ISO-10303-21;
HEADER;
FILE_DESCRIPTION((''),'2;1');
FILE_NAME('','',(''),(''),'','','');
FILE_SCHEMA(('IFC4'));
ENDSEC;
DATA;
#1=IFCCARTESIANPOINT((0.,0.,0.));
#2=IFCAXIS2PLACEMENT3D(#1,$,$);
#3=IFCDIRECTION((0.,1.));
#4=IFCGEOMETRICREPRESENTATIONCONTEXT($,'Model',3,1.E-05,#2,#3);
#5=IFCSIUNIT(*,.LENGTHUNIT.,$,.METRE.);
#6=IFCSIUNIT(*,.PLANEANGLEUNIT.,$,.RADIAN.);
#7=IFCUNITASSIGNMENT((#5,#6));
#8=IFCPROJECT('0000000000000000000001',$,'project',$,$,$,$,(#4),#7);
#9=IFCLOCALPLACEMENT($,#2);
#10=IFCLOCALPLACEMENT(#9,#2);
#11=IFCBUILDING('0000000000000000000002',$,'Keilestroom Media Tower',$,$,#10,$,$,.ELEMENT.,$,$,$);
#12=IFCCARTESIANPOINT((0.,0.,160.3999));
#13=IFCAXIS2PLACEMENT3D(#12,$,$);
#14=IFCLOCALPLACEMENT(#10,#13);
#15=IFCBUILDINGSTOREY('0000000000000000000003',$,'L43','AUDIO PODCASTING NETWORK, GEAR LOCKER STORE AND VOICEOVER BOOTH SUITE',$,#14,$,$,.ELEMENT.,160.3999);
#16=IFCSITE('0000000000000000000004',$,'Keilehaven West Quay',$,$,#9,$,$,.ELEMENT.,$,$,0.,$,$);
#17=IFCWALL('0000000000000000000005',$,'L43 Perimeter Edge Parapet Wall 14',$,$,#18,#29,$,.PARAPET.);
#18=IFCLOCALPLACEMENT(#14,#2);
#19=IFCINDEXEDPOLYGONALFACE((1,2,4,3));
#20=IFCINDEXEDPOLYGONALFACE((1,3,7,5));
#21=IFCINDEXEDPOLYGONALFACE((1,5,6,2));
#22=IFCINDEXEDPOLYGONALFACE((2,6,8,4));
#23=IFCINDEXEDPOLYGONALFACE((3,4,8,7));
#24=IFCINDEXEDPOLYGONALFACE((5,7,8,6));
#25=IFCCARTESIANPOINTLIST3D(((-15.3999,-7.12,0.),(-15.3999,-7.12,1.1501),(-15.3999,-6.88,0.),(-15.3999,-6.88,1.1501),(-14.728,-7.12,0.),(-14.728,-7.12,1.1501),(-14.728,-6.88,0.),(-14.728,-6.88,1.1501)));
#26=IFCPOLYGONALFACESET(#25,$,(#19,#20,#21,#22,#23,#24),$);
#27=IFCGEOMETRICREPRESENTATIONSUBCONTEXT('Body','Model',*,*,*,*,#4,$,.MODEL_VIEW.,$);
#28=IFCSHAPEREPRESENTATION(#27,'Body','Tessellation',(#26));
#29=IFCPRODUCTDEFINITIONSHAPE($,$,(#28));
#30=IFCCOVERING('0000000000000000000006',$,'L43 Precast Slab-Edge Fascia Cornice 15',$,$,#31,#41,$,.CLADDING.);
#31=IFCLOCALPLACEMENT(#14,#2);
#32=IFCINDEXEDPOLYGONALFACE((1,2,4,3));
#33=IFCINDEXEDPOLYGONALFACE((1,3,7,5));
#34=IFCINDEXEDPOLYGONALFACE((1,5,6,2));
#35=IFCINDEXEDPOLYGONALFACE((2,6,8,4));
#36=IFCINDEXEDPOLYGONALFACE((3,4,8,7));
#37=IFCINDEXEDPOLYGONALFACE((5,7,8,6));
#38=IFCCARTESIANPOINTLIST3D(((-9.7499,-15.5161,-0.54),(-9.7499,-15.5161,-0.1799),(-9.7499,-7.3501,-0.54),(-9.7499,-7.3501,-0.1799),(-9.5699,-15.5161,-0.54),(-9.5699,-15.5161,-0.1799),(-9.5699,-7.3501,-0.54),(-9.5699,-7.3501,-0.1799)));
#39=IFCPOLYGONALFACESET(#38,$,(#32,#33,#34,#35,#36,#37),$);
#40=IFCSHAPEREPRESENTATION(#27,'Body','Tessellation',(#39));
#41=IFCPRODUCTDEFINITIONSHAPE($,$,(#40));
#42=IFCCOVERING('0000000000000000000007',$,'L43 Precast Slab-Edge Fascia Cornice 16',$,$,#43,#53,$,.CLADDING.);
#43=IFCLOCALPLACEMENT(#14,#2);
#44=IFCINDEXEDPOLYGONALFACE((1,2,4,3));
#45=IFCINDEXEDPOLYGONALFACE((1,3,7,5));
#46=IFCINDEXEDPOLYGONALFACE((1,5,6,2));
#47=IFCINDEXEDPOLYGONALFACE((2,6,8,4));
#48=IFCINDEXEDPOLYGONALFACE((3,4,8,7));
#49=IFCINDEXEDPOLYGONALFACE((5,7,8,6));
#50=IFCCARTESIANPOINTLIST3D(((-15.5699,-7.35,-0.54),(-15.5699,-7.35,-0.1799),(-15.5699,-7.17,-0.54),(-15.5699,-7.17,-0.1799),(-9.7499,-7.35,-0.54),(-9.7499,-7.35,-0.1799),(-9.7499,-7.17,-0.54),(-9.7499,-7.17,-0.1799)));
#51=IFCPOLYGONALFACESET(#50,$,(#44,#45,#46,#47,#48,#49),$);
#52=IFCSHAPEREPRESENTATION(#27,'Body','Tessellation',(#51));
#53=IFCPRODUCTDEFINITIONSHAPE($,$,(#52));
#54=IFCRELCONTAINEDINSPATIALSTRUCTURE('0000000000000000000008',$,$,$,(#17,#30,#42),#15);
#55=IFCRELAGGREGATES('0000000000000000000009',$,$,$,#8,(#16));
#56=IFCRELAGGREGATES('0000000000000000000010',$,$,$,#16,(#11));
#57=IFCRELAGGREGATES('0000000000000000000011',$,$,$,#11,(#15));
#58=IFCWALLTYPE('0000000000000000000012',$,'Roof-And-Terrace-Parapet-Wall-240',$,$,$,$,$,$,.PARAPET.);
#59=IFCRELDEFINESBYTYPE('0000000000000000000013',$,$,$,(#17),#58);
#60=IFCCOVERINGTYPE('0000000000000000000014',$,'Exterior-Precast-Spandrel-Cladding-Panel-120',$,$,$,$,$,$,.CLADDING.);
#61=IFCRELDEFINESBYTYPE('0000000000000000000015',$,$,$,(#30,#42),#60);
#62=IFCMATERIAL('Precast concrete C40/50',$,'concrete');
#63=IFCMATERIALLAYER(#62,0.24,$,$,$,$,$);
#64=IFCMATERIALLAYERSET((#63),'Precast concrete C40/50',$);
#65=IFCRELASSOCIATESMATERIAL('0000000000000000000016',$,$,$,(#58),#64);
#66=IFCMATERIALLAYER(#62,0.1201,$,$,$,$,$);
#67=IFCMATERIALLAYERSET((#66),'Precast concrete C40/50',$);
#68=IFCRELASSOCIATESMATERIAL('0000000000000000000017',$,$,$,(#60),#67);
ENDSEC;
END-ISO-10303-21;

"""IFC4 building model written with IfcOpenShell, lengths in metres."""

from ifc_helpers import new_model, si_unit, direction, frame, frame_2d, origin, origin_2d, place, context, subcontext, project, spatial, rectangle, extrude, source, transform, mapped, material, layer, layer_set, type_object, element, save


model = new_model("IFC4")

# Units and contexts
model_context = context("Model", 3, precision=1e-05, world=origin(), true_north=direction((0.0, 1.0)))
body_context = subcontext(model_context, "Body", "Model", "MODEL_VIEW")
ifc_project = project(units=[si_unit("LENGTHUNIT", "METRE"), si_unit("PLANEANGLEUNIT", "RADIAN")], contexts=[model_context])

# Site, building, storey
site_placement = place(None, origin())
site = spatial("IfcSite", under=ifc_project, at=site_placement, Name="Keilehaven West Quay", CompositionType="ELEMENT", RefElevation=0.0)
building_placement = place(site_placement, origin())
building = spatial("IfcBuilding", under=site, at=building_placement, Name="Keilestroom Media Tower", CompositionType="ELEMENT")
storey_placement = place(building_placement, frame((0.0, 0.0, 160.3999)))
storey = spatial("IfcBuildingStorey", under=building, at=storey_placement, Name="L43", Description="AUDIO PODCASTING NETWORK, GEAR LOCKER STORE AND VOICEOVER BOOTH SUITE", CompositionType="ELEMENT", Elevation=160.3999)

# Shared definitions
ifc_material_1 = material(Name="Precast concrete C40/50", Category="concrete")

# Wall
ifc_layer_1 = layer(ifc_material_1, 0.24)
ifc_layer_set_1 = layer_set([ifc_layer_1], Name="Precast concrete C40/50")
wall_type_1 = type_object("IfcWallType", Name="Roof-And-Terrace-Parapet-Wall-240", PredefinedType="PARAPET", material=ifc_layer_set_1)
wall_1_placement = place(storey_placement, frame((-14.728, -7.0, 0.0), z_axis=(0.0, 0.0, 1.0), x_axis=(-1.0, 0.0, 0.0)))
element("IfcWall", 1, at=wall_1_placement, inside=storey, type_object=wall_type_1, Name="L43 Perimeter Edge Parapet Wall 14", PredefinedType="PARAPET", context=body_context, shape_type="SweptSolid", body=[
    extrude(rectangle(XDim=0.6719, YDim=0.24, at=frame_2d((0.3359, 0.0))), origin(), (0.0, 0.0, 1.0), 1.1501),
])

# Coverings
ifc_layer_2 = layer(ifc_material_1, 0.1201)
ifc_layer_set_2 = layer_set([ifc_layer_2], Name="Precast concrete C40/50")
covering_type = type_object("IfcCoveringType", Name="Exterior-Precast-Spandrel-Cladding-Panel-120", PredefinedType="CLADDING", material=ifc_layer_set_2)
shared_shape_1 = source(origin(), body_context, "Body", "SweptSolid", [
    extrude(rectangle(XDim=8.166, YDim=0.1799, at=origin_2d()), origin(), (0.0, 0.0, 1.0), 0.3601),
])
covering_1_placement = place(storey_placement, frame((-9.6599, -11.4331, -0.54), z_axis=(0.0, 0.0, 1.0), x_axis=(0.0, 1.0, 0.0)))
element("IfcCovering", 2, at=covering_1_placement, inside=storey, type_object=covering_type, Name="L43 Precast Slab-Edge Fascia Cornice 15", PredefinedType="CLADDING", context=body_context, shape_type="MappedRepresentation", body=[
    mapped(shared_shape_1, transform((0.0, 0.0, 0.0), x_axis=(1.0, 0.0, 0.0), y_axis=(0.0, 1.0, 0.0), z_axis=(0.0, 0.0, 1.0), scale=1.0)),
])
shared_shape_2 = source(origin(), body_context, "Body", "SweptSolid", [
    extrude(rectangle(XDim=5.8201, YDim=0.1799, at=origin_2d()), origin(), (0.0, 0.0, 1.0), 0.3601),
])
covering_2_placement = place(storey_placement, frame((-12.6599, -7.26, -0.54), z_axis=(0.0, 0.0, 1.0), x_axis=(-1.0, 0.0, 0.0)))
element("IfcCovering", 3, at=covering_2_placement, inside=storey, type_object=covering_type, Name="L43 Precast Slab-Edge Fascia Cornice 16", PredefinedType="CLADDING", context=body_context, shape_type="MappedRepresentation", body=[
    mapped(shared_shape_2, transform((0.0, 0.0, 0.0), x_axis=(1.0, 0.0, 0.0), y_axis=(0.0, 1.0, 0.0), z_axis=(0.0, 0.0, 1.0), scale=1.0)),
])

save(model, "model.ifc")
